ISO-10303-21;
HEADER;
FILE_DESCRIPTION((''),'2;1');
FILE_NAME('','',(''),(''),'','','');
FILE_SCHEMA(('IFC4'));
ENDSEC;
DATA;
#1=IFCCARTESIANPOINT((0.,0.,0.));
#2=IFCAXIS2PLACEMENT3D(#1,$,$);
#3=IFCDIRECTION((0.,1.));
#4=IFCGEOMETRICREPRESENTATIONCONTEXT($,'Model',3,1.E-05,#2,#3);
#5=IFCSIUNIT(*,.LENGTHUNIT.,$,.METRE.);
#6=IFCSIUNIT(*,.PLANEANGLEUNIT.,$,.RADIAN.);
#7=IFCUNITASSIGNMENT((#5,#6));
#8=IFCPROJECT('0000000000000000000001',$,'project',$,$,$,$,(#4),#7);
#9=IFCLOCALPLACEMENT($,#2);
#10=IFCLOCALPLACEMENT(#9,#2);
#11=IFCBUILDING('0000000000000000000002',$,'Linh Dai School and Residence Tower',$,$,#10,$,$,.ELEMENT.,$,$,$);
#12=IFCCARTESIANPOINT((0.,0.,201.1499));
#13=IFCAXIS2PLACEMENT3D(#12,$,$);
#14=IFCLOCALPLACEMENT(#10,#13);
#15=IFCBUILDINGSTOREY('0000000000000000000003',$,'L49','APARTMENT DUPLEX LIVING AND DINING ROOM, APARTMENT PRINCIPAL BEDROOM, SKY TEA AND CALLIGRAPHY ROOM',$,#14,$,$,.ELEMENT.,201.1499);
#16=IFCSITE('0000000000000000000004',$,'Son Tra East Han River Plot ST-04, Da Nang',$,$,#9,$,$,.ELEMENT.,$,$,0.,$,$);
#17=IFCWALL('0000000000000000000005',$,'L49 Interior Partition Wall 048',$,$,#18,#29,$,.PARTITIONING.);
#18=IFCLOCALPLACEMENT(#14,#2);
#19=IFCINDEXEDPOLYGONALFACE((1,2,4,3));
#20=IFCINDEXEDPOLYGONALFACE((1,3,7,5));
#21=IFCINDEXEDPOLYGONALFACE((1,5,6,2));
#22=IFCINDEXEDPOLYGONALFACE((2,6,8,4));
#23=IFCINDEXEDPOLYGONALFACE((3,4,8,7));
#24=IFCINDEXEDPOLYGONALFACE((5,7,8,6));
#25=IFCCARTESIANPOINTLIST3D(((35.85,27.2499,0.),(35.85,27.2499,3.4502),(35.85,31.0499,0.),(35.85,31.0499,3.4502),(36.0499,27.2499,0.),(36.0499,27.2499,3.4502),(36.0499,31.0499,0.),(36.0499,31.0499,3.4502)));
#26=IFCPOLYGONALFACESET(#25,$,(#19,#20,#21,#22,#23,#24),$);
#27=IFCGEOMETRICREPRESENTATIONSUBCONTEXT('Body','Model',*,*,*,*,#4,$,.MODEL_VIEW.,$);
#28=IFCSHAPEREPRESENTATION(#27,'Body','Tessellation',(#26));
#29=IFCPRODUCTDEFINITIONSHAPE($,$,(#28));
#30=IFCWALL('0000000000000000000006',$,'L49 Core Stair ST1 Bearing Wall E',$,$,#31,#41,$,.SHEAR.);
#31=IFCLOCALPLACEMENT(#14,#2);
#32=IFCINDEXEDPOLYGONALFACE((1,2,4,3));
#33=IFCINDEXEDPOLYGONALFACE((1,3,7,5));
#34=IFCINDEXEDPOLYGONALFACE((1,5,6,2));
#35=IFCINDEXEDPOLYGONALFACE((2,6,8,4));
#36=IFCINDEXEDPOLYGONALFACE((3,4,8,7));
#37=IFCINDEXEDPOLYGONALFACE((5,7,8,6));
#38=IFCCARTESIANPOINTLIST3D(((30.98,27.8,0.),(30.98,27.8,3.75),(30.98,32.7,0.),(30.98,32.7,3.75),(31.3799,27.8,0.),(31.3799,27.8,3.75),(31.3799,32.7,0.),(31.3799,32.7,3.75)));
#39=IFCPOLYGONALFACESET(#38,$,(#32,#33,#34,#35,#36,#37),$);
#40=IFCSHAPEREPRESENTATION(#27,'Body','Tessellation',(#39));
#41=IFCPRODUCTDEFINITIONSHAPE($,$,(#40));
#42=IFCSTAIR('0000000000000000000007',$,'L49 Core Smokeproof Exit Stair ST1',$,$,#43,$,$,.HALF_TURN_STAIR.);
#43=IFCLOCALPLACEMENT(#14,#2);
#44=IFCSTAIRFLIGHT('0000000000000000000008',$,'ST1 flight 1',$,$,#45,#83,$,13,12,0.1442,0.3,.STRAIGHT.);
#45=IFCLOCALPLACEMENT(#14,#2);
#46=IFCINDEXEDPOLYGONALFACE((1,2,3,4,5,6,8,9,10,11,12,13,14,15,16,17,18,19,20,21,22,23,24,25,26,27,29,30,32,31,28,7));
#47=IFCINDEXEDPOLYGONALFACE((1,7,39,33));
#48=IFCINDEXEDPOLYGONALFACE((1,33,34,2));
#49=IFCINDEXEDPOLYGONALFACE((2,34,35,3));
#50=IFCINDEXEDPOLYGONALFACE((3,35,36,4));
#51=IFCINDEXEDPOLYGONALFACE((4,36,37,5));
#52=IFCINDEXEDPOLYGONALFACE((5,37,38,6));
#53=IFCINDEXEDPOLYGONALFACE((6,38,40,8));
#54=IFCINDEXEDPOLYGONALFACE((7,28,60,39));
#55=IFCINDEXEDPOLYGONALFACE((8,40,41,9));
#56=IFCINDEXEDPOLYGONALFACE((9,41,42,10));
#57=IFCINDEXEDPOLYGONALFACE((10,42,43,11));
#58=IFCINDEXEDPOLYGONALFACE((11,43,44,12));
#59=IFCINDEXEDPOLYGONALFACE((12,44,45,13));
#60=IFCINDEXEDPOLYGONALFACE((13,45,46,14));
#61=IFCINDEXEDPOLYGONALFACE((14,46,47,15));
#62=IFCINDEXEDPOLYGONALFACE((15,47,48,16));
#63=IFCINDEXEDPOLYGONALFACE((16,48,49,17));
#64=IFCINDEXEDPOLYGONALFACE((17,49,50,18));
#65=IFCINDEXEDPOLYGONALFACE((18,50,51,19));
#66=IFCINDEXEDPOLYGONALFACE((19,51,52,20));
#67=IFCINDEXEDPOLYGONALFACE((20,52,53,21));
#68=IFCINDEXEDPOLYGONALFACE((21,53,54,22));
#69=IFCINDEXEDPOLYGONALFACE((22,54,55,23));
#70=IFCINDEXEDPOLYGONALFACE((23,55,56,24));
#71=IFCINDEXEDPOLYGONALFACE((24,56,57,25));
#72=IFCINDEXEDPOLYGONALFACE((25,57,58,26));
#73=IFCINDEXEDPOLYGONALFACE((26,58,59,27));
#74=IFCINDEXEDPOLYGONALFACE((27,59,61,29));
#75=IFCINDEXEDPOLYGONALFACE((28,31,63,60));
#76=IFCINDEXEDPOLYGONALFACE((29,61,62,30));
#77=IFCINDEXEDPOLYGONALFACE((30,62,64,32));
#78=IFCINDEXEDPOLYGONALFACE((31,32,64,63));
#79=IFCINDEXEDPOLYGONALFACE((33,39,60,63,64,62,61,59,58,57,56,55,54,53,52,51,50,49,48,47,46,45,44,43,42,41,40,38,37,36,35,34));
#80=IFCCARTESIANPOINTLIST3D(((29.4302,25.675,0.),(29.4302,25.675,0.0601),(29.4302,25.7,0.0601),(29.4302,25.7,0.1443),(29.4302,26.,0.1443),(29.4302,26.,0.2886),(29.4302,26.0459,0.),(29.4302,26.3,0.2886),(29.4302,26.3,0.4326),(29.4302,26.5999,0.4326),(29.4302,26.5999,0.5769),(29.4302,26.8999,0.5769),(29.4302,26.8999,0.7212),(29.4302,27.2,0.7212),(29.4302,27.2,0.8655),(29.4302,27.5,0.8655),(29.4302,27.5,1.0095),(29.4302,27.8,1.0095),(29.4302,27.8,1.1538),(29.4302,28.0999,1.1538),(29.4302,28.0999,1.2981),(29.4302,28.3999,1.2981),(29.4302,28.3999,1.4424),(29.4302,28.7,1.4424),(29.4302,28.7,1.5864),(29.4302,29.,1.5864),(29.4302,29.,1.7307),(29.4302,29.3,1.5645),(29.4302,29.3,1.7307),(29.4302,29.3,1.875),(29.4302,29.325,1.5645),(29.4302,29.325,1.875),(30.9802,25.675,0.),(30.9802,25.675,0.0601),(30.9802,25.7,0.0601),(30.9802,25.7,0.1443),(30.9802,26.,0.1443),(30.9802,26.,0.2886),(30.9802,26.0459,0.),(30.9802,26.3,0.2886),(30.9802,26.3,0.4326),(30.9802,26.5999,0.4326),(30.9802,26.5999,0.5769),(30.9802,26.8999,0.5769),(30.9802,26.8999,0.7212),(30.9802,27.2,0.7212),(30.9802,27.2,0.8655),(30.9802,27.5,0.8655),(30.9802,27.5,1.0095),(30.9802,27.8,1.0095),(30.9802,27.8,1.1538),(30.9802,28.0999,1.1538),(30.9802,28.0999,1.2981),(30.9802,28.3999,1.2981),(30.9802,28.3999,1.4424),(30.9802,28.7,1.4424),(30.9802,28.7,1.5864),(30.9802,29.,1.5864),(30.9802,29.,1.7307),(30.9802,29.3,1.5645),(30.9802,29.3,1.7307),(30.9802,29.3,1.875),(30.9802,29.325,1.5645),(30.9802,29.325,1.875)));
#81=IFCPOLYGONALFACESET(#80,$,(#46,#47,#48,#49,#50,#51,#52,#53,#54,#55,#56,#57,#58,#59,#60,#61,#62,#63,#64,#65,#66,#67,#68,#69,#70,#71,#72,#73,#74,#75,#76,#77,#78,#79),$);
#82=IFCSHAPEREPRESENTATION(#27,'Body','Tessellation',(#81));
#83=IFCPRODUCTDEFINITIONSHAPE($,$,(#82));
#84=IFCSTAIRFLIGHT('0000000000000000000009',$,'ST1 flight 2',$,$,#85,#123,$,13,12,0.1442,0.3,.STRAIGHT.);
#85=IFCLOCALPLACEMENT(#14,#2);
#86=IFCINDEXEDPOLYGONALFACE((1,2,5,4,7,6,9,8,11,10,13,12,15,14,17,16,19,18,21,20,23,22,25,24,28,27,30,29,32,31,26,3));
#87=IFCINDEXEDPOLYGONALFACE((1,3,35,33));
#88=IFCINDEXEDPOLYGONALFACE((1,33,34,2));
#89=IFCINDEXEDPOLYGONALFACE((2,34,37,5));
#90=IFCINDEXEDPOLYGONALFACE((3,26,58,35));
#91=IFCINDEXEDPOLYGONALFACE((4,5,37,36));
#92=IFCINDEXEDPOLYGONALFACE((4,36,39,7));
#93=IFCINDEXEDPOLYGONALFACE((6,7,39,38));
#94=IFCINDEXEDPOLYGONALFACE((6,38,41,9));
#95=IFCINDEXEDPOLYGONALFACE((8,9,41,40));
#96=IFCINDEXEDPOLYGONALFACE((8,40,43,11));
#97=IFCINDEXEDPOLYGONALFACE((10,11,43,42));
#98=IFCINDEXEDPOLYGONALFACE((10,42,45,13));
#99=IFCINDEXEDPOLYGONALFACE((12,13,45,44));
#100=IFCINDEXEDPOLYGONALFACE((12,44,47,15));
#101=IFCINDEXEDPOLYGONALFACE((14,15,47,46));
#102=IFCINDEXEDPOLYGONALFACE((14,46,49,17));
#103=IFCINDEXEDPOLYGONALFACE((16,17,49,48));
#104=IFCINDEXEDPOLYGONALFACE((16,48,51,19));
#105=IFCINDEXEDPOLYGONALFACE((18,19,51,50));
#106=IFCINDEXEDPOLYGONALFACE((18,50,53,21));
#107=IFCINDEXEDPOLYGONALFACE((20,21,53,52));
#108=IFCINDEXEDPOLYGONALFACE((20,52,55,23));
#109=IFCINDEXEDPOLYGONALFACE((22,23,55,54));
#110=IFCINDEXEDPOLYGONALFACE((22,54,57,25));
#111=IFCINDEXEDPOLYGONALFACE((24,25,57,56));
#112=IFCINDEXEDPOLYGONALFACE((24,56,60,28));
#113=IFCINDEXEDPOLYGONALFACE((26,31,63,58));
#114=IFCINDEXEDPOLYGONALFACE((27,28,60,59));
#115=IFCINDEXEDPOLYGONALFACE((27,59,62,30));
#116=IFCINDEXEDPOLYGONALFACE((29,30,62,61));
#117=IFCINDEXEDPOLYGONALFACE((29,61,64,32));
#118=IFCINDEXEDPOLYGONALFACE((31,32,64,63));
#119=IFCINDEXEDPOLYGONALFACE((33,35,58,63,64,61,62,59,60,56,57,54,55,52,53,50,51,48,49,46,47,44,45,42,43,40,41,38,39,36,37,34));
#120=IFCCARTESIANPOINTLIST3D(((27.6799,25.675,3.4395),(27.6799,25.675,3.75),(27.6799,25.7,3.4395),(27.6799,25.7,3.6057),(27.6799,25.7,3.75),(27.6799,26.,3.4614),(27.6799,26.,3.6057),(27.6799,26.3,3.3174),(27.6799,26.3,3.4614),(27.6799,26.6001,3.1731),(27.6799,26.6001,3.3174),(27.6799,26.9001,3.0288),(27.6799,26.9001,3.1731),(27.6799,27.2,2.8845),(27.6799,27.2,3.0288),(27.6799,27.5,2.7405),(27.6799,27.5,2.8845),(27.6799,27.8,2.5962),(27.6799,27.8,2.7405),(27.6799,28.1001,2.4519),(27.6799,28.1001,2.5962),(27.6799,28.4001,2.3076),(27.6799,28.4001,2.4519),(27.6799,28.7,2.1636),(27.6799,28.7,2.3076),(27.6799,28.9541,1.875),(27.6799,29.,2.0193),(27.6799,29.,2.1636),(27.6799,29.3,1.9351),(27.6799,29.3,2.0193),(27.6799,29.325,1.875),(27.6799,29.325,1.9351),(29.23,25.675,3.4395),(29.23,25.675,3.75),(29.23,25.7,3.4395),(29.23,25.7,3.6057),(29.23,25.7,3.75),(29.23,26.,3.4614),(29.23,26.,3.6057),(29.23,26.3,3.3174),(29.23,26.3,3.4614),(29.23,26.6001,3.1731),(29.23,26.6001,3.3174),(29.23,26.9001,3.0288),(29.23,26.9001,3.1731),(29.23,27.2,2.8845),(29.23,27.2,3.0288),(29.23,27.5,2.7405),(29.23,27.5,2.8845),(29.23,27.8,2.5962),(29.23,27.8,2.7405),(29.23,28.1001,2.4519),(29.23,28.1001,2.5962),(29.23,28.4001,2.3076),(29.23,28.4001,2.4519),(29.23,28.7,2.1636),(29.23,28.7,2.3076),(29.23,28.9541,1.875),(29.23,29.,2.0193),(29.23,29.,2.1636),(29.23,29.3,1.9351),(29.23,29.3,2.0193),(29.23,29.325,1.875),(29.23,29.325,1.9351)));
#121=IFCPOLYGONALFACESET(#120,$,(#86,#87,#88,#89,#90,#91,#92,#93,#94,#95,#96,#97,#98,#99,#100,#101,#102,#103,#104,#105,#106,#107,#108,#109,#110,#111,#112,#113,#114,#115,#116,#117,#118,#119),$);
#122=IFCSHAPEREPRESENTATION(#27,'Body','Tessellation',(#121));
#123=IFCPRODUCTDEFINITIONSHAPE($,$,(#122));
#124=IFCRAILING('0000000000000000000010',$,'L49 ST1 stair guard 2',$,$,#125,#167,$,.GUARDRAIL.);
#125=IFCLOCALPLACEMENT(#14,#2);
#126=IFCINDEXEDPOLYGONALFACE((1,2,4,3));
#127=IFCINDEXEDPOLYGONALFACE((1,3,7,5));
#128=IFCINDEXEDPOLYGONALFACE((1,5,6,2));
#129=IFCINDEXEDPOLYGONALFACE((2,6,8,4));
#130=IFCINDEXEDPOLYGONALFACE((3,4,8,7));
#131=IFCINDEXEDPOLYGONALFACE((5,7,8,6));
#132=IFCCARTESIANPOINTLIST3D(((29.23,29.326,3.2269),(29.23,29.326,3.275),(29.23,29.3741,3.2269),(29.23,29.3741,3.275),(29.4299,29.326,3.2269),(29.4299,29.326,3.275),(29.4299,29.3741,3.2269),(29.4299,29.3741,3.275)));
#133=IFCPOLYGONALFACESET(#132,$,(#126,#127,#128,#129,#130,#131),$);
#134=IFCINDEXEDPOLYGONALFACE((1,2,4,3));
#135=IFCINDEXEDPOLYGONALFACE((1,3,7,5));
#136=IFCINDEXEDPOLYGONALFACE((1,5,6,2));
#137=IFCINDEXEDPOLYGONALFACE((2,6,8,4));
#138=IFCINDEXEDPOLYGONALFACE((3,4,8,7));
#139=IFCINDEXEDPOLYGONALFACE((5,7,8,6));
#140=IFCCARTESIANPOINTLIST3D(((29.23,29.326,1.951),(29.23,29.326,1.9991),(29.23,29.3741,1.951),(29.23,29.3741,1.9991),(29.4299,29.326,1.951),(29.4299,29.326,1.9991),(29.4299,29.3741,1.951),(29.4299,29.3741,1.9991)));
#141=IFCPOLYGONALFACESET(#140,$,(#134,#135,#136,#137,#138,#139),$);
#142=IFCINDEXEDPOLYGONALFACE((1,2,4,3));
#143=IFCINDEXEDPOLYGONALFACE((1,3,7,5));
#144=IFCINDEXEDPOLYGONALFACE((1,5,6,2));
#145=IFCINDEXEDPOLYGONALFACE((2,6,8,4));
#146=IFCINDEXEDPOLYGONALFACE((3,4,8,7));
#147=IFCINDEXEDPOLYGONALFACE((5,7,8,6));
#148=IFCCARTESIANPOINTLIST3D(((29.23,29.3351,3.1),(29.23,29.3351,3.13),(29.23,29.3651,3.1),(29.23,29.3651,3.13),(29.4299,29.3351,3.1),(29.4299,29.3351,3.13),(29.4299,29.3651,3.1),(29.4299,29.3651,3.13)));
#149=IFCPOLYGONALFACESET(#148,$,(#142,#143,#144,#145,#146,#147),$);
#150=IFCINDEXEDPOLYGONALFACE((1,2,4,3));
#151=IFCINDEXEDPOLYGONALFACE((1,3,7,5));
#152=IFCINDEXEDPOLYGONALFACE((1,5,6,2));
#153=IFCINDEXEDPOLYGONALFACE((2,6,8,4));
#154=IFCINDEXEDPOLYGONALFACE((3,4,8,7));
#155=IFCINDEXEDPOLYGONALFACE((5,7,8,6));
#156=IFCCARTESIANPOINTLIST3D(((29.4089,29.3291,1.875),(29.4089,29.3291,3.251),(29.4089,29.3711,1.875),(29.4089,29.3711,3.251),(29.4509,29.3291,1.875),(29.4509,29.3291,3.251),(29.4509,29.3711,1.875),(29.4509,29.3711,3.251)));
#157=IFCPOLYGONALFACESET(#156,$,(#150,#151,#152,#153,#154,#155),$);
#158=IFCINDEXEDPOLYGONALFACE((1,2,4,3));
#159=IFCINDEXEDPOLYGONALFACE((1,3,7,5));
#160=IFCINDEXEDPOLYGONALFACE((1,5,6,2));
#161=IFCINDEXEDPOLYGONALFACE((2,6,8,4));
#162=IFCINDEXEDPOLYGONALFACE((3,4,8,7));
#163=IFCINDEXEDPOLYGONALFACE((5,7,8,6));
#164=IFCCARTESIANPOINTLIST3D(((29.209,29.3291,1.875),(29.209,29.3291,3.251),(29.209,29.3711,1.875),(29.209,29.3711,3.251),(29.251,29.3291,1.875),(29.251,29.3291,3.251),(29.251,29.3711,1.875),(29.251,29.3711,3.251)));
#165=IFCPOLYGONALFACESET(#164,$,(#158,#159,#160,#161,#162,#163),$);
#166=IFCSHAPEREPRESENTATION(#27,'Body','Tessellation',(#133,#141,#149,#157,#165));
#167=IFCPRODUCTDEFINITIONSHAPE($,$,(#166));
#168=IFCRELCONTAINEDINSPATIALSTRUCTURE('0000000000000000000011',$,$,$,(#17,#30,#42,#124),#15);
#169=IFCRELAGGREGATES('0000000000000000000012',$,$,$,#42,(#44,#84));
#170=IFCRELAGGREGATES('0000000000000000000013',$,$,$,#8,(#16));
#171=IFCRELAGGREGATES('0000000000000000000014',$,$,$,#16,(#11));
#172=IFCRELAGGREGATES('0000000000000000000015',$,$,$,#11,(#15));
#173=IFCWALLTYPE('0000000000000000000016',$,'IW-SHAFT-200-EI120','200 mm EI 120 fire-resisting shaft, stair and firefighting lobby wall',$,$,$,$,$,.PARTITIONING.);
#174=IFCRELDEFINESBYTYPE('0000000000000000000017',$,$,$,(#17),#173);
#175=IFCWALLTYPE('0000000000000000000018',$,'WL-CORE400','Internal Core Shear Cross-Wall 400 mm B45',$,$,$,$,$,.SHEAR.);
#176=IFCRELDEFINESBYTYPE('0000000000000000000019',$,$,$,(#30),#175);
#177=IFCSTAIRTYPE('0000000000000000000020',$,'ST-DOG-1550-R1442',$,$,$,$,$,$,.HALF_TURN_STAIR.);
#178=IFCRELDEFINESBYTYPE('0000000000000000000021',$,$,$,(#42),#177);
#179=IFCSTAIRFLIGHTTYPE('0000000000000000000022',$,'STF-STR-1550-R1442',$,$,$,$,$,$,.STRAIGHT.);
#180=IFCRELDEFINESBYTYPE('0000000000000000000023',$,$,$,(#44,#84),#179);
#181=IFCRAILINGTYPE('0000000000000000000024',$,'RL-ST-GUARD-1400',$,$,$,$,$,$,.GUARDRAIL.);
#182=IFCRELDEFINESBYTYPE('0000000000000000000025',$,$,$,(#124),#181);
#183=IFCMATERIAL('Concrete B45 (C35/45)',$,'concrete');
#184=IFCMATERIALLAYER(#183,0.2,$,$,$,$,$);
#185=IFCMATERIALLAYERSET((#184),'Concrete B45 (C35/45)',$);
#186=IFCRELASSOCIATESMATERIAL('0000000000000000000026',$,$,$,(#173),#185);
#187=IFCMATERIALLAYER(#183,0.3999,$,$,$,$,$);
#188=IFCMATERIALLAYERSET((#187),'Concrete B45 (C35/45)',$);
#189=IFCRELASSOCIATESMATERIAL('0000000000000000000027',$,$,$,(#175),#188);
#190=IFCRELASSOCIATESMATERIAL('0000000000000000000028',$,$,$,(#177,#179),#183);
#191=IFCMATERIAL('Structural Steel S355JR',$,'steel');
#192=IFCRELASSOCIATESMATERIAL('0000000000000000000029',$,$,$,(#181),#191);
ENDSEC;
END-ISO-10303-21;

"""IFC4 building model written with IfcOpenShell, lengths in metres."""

from ifc_helpers import new_model, si_unit, direction, frame, frame_2d, origin, origin_2d, place, context, subcontext, project, spatial, polyline, rectangle, outline, extrude, source, transform, mapped, material, layer, layer_set, type_object, element, aggregate, save


model = new_model("IFC4")

# Units and contexts
model_context = context("Model", 3, precision=1e-05, world=origin(), true_north=direction((0.0, 1.0)))
body_context = subcontext(model_context, "Body", "Model", "MODEL_VIEW")
ifc_project = project(units=[si_unit("LENGTHUNIT", "METRE"), si_unit("PLANEANGLEUNIT", "RADIAN")], contexts=[model_context])

# Site, building, storey
site_placement = place(None, origin())
site = spatial("IfcSite", under=ifc_project, at=site_placement, Name="Son Tra East Han River Plot ST-04, Da Nang", CompositionType="ELEMENT", RefElevation=0.0)
building_placement = place(site_placement, origin())
building = spatial("IfcBuilding", under=site, at=building_placement, Name="Linh Dai School and Residence Tower", CompositionType="ELEMENT")
storey_placement = place(building_placement, frame((0.0, 0.0, 201.1499)))
storey = spatial("IfcBuildingStorey", under=building, at=storey_placement, Name="L49", Description="APARTMENT DUPLEX LIVING AND DINING ROOM, APARTMENT PRINCIPAL BEDROOM, SKY TEA AND CALLIGRAPHY ROOM", CompositionType="ELEMENT", Elevation=201.1499)

# Shared definitions
ifc_material_1 = material(Name="Structural Steel S355JR", Category="steel")

# Shared definitions
ifc_material_2 = material(Name="Concrete B45 (C35/45)", Category="concrete")
ifc_layer_1 = layer(ifc_material_2, 0.2)
ifc_layer_set_1 = layer_set([ifc_layer_1], Name="Concrete B45 (C35/45)")
wall_type_1 = type_object("IfcWallType", Name="IW-SHAFT-200-EI120", Description="200 mm EI 120 fire-resisting shaft, stair and firefighting lobby wall", PredefinedType="PARTITIONING", material=ifc_layer_set_1)

# Wall
wall_1_placement = place(storey_placement, frame((35.95, 27.25, 0.0), z_axis=(0.0, 0.0, 1.0), x_axis=(0.0, 1.0, 0.0)))
element("IfcWall", 1, at=wall_1_placement, inside=storey, type_object=wall_type_1, Name="L49 Interior Partition Wall 048", PredefinedType="PARTITIONING", context=body_context, shape_type="SweptSolid", body=[
    extrude(rectangle(XDim=3.8, YDim=0.2, at=frame_2d((1.8999, 0.0))), origin(), (0.0, 0.0, 1.0), 3.4502),
])

# Wall
ifc_layer_2 = layer(ifc_material_2, 0.3999)
ifc_layer_set_2 = layer_set([ifc_layer_2], Name="Concrete B45 (C35/45)")
wall_type_2 = type_object("IfcWallType", Name="WL-CORE400", Description="Internal Core Shear Cross-Wall 400 mm B45", PredefinedType="SHEAR", material=ifc_layer_set_2)
wall_2_placement = place(storey_placement, frame((31.1799, 27.8, 0.0), z_axis=(0.0, 0.0, 1.0), x_axis=(0.0, 1.0, 0.0)))
element("IfcWall", 2, at=wall_2_placement, inside=storey, type_object=wall_type_2, Name="L49 Core Stair ST1 Bearing Wall E", PredefinedType="SHEAR", context=body_context, shape_type="SweptSolid", body=[
    extrude(rectangle(XDim=4.8999, YDim=0.3999, at=frame_2d((2.45, 0.0))), origin(), (0.0, 0.0, 1.0), 3.75),
])

# Stair, stair flights
stair_type = type_object("IfcStairType", Name="ST-DOG-1550-R1442", PredefinedType="HALF_TURN_STAIR", material=ifc_material_2)
stair_placement = place(storey_placement, origin())
stair = element("IfcStair", 3, at=stair_placement, inside=storey, type_object=stair_type, Name="L49 Core Smokeproof Exit Stair ST1", PredefinedType="HALF_TURN_STAIR")
stair_flight_type = type_object("IfcStairFlightType", Name="STF-STR-1550-R1442", PredefinedType="STRAIGHT", material=ifc_material_2)
shared_shape_1 = source(origin(), body_context, "Body", "SweptSolid", [
    extrude(outline(polyline([(-0.0249, 0.0), (-0.0249, 0.0601), (0.0, 0.0601), (0.0, 0.1443), (0.3, 0.1443), (0.3, 0.2886), (0.6001, 0.2886), (0.6001, 0.4326), (0.8999, 0.4326), (0.8999, 0.5769), (1.2, 0.5769), (1.2, 0.7212), (1.5, 0.7212), (1.5, 0.8655), (1.8, 0.8655), (1.8, 1.0095), (2.1001, 1.0095), (2.1001, 1.1538), (2.3999, 1.1538), (2.3999, 1.2981), (2.7, 1.2981), (2.7, 1.4424), (3.0, 1.4424), (3.0, 1.5864), (3.3, 1.5864), (3.3, 1.7307), (3.6001, 1.7307), (3.6001, 1.875), (3.625, 1.875), (3.625, 1.5645), (3.6001, 1.5645), (0.3459, 0.0), (-0.0249, 0.0)])), frame((0.0, 0.7749, 0.0), z_axis=(0.0, -1.0, 0.0), x_axis=(1.0, 0.0, 0.0)), (0.0, 0.0, 1.0), 1.55),
])
stair_flight_1_placement = place(storey_placement, frame((30.2051, 25.7, 0.0), z_axis=(0.0, 0.0, 1.0), x_axis=(0.0, 1.0, 0.0)))
stair_flight_1 = element("IfcStairFlight", 4, at=stair_flight_1_placement, type_object=stair_flight_type, Name="ST1 flight 1", NumberOfRisers=13, NumberOfTreads=12, PredefinedType="STRAIGHT", RiserHeight=0.1442, TreadLength=0.3, context=body_context, shape_type="MappedRepresentation", body=[
    mapped(shared_shape_1, transform((0.0, 0.0, 0.0), x_axis=(1.0, 0.0, 0.0), y_axis=(0.0, 1.0, 0.0), z_axis=(0.0, 0.0, 1.0), scale=1.0)),
])
stair_flight_2_placement = place(storey_placement, frame((28.4551, 29.3, 1.875), z_axis=(0.0, 0.0, 1.0), x_axis=(0.0, -1.0, 0.0)))
stair_flight_2 = element("IfcStairFlight", 5, at=stair_flight_2_placement, type_object=stair_flight_type, Name="ST1 flight 2", NumberOfRisers=13, NumberOfTreads=12, PredefinedType="STRAIGHT", RiserHeight=0.1442, TreadLength=0.3, context=body_context, shape_type="MappedRepresentation", body=[
    mapped(shared_shape_1, transform((0.0, 0.0, 0.0), x_axis=(1.0, 0.0, 0.0), y_axis=(0.0, 1.0, 0.0), z_axis=(0.0, 0.0, 1.0), scale=1.0)),
])
aggregate(stair, [stair_flight_1, stair_flight_2])

# Railing
railing_type_1 = type_object("IfcRailingType", Name="RL-ST-GUARD-1400", PredefinedType="GUARDRAIL", material=ifc_material_1)
shared_shape_2 = source(origin(), body_context, "Body", "SweptSolid", [
    extrude(rectangle(XDim=0.0481, YDim=0.0481, at=origin_2d()), frame((0.0, 0.0, 1.376), z_axis=(-1.0, 0.0, 0.0), x_axis=(0.0, -1.0, 0.0)), (0.0, 0.0, 1.0), 0.2),
    extrude(rectangle(XDim=0.0481, YDim=0.0481, at=origin_2d()), frame((0.0, 0.0, 0.1001), z_axis=(-1.0, 0.0, 0.0), x_axis=(0.0, -1.0, 0.0)), (0.0, 0.0, 1.0), 0.2),
    extrude(rectangle(XDim=0.03, YDim=0.03, at=origin_2d()), frame((0.0, 0.0, 1.24), z_axis=(-1.0, 0.0, 0.0), x_axis=(0.0, -1.0, 0.0)), (0.0, 0.0, 1.0), 0.2),
    extrude(rectangle(XDim=0.042, YDim=0.042, at=origin_2d()), origin(), (0.0, 0.0, 1.0), 1.376),
    extrude(rectangle(XDim=0.042, YDim=0.042, at=origin_2d()), frame((-0.2, 0.0, 0.0)), (0.0, 0.0, 1.0), 1.376),
])
for number, where, name in (
    (6, (29.4299, 29.3501, 1.875), "L49 ST1 stair guard 2"),
):
    element("IfcRailing", number, at=place(storey_placement, frame(where)), inside=storey, type_object=railing_type_1, Name=name, PredefinedType="GUARDRAIL", context=body_context, shape_type="MappedRepresentation", body=[
        mapped(shared_shape_2, transform((0.0, 0.0, 0.0), x_axis=(1.0, 0.0, 0.0), y_axis=(0.0, 1.0, 0.0), z_axis=(0.0, 0.0, 1.0), scale=1.0)),
    ])

save(model, "model.ifc")
